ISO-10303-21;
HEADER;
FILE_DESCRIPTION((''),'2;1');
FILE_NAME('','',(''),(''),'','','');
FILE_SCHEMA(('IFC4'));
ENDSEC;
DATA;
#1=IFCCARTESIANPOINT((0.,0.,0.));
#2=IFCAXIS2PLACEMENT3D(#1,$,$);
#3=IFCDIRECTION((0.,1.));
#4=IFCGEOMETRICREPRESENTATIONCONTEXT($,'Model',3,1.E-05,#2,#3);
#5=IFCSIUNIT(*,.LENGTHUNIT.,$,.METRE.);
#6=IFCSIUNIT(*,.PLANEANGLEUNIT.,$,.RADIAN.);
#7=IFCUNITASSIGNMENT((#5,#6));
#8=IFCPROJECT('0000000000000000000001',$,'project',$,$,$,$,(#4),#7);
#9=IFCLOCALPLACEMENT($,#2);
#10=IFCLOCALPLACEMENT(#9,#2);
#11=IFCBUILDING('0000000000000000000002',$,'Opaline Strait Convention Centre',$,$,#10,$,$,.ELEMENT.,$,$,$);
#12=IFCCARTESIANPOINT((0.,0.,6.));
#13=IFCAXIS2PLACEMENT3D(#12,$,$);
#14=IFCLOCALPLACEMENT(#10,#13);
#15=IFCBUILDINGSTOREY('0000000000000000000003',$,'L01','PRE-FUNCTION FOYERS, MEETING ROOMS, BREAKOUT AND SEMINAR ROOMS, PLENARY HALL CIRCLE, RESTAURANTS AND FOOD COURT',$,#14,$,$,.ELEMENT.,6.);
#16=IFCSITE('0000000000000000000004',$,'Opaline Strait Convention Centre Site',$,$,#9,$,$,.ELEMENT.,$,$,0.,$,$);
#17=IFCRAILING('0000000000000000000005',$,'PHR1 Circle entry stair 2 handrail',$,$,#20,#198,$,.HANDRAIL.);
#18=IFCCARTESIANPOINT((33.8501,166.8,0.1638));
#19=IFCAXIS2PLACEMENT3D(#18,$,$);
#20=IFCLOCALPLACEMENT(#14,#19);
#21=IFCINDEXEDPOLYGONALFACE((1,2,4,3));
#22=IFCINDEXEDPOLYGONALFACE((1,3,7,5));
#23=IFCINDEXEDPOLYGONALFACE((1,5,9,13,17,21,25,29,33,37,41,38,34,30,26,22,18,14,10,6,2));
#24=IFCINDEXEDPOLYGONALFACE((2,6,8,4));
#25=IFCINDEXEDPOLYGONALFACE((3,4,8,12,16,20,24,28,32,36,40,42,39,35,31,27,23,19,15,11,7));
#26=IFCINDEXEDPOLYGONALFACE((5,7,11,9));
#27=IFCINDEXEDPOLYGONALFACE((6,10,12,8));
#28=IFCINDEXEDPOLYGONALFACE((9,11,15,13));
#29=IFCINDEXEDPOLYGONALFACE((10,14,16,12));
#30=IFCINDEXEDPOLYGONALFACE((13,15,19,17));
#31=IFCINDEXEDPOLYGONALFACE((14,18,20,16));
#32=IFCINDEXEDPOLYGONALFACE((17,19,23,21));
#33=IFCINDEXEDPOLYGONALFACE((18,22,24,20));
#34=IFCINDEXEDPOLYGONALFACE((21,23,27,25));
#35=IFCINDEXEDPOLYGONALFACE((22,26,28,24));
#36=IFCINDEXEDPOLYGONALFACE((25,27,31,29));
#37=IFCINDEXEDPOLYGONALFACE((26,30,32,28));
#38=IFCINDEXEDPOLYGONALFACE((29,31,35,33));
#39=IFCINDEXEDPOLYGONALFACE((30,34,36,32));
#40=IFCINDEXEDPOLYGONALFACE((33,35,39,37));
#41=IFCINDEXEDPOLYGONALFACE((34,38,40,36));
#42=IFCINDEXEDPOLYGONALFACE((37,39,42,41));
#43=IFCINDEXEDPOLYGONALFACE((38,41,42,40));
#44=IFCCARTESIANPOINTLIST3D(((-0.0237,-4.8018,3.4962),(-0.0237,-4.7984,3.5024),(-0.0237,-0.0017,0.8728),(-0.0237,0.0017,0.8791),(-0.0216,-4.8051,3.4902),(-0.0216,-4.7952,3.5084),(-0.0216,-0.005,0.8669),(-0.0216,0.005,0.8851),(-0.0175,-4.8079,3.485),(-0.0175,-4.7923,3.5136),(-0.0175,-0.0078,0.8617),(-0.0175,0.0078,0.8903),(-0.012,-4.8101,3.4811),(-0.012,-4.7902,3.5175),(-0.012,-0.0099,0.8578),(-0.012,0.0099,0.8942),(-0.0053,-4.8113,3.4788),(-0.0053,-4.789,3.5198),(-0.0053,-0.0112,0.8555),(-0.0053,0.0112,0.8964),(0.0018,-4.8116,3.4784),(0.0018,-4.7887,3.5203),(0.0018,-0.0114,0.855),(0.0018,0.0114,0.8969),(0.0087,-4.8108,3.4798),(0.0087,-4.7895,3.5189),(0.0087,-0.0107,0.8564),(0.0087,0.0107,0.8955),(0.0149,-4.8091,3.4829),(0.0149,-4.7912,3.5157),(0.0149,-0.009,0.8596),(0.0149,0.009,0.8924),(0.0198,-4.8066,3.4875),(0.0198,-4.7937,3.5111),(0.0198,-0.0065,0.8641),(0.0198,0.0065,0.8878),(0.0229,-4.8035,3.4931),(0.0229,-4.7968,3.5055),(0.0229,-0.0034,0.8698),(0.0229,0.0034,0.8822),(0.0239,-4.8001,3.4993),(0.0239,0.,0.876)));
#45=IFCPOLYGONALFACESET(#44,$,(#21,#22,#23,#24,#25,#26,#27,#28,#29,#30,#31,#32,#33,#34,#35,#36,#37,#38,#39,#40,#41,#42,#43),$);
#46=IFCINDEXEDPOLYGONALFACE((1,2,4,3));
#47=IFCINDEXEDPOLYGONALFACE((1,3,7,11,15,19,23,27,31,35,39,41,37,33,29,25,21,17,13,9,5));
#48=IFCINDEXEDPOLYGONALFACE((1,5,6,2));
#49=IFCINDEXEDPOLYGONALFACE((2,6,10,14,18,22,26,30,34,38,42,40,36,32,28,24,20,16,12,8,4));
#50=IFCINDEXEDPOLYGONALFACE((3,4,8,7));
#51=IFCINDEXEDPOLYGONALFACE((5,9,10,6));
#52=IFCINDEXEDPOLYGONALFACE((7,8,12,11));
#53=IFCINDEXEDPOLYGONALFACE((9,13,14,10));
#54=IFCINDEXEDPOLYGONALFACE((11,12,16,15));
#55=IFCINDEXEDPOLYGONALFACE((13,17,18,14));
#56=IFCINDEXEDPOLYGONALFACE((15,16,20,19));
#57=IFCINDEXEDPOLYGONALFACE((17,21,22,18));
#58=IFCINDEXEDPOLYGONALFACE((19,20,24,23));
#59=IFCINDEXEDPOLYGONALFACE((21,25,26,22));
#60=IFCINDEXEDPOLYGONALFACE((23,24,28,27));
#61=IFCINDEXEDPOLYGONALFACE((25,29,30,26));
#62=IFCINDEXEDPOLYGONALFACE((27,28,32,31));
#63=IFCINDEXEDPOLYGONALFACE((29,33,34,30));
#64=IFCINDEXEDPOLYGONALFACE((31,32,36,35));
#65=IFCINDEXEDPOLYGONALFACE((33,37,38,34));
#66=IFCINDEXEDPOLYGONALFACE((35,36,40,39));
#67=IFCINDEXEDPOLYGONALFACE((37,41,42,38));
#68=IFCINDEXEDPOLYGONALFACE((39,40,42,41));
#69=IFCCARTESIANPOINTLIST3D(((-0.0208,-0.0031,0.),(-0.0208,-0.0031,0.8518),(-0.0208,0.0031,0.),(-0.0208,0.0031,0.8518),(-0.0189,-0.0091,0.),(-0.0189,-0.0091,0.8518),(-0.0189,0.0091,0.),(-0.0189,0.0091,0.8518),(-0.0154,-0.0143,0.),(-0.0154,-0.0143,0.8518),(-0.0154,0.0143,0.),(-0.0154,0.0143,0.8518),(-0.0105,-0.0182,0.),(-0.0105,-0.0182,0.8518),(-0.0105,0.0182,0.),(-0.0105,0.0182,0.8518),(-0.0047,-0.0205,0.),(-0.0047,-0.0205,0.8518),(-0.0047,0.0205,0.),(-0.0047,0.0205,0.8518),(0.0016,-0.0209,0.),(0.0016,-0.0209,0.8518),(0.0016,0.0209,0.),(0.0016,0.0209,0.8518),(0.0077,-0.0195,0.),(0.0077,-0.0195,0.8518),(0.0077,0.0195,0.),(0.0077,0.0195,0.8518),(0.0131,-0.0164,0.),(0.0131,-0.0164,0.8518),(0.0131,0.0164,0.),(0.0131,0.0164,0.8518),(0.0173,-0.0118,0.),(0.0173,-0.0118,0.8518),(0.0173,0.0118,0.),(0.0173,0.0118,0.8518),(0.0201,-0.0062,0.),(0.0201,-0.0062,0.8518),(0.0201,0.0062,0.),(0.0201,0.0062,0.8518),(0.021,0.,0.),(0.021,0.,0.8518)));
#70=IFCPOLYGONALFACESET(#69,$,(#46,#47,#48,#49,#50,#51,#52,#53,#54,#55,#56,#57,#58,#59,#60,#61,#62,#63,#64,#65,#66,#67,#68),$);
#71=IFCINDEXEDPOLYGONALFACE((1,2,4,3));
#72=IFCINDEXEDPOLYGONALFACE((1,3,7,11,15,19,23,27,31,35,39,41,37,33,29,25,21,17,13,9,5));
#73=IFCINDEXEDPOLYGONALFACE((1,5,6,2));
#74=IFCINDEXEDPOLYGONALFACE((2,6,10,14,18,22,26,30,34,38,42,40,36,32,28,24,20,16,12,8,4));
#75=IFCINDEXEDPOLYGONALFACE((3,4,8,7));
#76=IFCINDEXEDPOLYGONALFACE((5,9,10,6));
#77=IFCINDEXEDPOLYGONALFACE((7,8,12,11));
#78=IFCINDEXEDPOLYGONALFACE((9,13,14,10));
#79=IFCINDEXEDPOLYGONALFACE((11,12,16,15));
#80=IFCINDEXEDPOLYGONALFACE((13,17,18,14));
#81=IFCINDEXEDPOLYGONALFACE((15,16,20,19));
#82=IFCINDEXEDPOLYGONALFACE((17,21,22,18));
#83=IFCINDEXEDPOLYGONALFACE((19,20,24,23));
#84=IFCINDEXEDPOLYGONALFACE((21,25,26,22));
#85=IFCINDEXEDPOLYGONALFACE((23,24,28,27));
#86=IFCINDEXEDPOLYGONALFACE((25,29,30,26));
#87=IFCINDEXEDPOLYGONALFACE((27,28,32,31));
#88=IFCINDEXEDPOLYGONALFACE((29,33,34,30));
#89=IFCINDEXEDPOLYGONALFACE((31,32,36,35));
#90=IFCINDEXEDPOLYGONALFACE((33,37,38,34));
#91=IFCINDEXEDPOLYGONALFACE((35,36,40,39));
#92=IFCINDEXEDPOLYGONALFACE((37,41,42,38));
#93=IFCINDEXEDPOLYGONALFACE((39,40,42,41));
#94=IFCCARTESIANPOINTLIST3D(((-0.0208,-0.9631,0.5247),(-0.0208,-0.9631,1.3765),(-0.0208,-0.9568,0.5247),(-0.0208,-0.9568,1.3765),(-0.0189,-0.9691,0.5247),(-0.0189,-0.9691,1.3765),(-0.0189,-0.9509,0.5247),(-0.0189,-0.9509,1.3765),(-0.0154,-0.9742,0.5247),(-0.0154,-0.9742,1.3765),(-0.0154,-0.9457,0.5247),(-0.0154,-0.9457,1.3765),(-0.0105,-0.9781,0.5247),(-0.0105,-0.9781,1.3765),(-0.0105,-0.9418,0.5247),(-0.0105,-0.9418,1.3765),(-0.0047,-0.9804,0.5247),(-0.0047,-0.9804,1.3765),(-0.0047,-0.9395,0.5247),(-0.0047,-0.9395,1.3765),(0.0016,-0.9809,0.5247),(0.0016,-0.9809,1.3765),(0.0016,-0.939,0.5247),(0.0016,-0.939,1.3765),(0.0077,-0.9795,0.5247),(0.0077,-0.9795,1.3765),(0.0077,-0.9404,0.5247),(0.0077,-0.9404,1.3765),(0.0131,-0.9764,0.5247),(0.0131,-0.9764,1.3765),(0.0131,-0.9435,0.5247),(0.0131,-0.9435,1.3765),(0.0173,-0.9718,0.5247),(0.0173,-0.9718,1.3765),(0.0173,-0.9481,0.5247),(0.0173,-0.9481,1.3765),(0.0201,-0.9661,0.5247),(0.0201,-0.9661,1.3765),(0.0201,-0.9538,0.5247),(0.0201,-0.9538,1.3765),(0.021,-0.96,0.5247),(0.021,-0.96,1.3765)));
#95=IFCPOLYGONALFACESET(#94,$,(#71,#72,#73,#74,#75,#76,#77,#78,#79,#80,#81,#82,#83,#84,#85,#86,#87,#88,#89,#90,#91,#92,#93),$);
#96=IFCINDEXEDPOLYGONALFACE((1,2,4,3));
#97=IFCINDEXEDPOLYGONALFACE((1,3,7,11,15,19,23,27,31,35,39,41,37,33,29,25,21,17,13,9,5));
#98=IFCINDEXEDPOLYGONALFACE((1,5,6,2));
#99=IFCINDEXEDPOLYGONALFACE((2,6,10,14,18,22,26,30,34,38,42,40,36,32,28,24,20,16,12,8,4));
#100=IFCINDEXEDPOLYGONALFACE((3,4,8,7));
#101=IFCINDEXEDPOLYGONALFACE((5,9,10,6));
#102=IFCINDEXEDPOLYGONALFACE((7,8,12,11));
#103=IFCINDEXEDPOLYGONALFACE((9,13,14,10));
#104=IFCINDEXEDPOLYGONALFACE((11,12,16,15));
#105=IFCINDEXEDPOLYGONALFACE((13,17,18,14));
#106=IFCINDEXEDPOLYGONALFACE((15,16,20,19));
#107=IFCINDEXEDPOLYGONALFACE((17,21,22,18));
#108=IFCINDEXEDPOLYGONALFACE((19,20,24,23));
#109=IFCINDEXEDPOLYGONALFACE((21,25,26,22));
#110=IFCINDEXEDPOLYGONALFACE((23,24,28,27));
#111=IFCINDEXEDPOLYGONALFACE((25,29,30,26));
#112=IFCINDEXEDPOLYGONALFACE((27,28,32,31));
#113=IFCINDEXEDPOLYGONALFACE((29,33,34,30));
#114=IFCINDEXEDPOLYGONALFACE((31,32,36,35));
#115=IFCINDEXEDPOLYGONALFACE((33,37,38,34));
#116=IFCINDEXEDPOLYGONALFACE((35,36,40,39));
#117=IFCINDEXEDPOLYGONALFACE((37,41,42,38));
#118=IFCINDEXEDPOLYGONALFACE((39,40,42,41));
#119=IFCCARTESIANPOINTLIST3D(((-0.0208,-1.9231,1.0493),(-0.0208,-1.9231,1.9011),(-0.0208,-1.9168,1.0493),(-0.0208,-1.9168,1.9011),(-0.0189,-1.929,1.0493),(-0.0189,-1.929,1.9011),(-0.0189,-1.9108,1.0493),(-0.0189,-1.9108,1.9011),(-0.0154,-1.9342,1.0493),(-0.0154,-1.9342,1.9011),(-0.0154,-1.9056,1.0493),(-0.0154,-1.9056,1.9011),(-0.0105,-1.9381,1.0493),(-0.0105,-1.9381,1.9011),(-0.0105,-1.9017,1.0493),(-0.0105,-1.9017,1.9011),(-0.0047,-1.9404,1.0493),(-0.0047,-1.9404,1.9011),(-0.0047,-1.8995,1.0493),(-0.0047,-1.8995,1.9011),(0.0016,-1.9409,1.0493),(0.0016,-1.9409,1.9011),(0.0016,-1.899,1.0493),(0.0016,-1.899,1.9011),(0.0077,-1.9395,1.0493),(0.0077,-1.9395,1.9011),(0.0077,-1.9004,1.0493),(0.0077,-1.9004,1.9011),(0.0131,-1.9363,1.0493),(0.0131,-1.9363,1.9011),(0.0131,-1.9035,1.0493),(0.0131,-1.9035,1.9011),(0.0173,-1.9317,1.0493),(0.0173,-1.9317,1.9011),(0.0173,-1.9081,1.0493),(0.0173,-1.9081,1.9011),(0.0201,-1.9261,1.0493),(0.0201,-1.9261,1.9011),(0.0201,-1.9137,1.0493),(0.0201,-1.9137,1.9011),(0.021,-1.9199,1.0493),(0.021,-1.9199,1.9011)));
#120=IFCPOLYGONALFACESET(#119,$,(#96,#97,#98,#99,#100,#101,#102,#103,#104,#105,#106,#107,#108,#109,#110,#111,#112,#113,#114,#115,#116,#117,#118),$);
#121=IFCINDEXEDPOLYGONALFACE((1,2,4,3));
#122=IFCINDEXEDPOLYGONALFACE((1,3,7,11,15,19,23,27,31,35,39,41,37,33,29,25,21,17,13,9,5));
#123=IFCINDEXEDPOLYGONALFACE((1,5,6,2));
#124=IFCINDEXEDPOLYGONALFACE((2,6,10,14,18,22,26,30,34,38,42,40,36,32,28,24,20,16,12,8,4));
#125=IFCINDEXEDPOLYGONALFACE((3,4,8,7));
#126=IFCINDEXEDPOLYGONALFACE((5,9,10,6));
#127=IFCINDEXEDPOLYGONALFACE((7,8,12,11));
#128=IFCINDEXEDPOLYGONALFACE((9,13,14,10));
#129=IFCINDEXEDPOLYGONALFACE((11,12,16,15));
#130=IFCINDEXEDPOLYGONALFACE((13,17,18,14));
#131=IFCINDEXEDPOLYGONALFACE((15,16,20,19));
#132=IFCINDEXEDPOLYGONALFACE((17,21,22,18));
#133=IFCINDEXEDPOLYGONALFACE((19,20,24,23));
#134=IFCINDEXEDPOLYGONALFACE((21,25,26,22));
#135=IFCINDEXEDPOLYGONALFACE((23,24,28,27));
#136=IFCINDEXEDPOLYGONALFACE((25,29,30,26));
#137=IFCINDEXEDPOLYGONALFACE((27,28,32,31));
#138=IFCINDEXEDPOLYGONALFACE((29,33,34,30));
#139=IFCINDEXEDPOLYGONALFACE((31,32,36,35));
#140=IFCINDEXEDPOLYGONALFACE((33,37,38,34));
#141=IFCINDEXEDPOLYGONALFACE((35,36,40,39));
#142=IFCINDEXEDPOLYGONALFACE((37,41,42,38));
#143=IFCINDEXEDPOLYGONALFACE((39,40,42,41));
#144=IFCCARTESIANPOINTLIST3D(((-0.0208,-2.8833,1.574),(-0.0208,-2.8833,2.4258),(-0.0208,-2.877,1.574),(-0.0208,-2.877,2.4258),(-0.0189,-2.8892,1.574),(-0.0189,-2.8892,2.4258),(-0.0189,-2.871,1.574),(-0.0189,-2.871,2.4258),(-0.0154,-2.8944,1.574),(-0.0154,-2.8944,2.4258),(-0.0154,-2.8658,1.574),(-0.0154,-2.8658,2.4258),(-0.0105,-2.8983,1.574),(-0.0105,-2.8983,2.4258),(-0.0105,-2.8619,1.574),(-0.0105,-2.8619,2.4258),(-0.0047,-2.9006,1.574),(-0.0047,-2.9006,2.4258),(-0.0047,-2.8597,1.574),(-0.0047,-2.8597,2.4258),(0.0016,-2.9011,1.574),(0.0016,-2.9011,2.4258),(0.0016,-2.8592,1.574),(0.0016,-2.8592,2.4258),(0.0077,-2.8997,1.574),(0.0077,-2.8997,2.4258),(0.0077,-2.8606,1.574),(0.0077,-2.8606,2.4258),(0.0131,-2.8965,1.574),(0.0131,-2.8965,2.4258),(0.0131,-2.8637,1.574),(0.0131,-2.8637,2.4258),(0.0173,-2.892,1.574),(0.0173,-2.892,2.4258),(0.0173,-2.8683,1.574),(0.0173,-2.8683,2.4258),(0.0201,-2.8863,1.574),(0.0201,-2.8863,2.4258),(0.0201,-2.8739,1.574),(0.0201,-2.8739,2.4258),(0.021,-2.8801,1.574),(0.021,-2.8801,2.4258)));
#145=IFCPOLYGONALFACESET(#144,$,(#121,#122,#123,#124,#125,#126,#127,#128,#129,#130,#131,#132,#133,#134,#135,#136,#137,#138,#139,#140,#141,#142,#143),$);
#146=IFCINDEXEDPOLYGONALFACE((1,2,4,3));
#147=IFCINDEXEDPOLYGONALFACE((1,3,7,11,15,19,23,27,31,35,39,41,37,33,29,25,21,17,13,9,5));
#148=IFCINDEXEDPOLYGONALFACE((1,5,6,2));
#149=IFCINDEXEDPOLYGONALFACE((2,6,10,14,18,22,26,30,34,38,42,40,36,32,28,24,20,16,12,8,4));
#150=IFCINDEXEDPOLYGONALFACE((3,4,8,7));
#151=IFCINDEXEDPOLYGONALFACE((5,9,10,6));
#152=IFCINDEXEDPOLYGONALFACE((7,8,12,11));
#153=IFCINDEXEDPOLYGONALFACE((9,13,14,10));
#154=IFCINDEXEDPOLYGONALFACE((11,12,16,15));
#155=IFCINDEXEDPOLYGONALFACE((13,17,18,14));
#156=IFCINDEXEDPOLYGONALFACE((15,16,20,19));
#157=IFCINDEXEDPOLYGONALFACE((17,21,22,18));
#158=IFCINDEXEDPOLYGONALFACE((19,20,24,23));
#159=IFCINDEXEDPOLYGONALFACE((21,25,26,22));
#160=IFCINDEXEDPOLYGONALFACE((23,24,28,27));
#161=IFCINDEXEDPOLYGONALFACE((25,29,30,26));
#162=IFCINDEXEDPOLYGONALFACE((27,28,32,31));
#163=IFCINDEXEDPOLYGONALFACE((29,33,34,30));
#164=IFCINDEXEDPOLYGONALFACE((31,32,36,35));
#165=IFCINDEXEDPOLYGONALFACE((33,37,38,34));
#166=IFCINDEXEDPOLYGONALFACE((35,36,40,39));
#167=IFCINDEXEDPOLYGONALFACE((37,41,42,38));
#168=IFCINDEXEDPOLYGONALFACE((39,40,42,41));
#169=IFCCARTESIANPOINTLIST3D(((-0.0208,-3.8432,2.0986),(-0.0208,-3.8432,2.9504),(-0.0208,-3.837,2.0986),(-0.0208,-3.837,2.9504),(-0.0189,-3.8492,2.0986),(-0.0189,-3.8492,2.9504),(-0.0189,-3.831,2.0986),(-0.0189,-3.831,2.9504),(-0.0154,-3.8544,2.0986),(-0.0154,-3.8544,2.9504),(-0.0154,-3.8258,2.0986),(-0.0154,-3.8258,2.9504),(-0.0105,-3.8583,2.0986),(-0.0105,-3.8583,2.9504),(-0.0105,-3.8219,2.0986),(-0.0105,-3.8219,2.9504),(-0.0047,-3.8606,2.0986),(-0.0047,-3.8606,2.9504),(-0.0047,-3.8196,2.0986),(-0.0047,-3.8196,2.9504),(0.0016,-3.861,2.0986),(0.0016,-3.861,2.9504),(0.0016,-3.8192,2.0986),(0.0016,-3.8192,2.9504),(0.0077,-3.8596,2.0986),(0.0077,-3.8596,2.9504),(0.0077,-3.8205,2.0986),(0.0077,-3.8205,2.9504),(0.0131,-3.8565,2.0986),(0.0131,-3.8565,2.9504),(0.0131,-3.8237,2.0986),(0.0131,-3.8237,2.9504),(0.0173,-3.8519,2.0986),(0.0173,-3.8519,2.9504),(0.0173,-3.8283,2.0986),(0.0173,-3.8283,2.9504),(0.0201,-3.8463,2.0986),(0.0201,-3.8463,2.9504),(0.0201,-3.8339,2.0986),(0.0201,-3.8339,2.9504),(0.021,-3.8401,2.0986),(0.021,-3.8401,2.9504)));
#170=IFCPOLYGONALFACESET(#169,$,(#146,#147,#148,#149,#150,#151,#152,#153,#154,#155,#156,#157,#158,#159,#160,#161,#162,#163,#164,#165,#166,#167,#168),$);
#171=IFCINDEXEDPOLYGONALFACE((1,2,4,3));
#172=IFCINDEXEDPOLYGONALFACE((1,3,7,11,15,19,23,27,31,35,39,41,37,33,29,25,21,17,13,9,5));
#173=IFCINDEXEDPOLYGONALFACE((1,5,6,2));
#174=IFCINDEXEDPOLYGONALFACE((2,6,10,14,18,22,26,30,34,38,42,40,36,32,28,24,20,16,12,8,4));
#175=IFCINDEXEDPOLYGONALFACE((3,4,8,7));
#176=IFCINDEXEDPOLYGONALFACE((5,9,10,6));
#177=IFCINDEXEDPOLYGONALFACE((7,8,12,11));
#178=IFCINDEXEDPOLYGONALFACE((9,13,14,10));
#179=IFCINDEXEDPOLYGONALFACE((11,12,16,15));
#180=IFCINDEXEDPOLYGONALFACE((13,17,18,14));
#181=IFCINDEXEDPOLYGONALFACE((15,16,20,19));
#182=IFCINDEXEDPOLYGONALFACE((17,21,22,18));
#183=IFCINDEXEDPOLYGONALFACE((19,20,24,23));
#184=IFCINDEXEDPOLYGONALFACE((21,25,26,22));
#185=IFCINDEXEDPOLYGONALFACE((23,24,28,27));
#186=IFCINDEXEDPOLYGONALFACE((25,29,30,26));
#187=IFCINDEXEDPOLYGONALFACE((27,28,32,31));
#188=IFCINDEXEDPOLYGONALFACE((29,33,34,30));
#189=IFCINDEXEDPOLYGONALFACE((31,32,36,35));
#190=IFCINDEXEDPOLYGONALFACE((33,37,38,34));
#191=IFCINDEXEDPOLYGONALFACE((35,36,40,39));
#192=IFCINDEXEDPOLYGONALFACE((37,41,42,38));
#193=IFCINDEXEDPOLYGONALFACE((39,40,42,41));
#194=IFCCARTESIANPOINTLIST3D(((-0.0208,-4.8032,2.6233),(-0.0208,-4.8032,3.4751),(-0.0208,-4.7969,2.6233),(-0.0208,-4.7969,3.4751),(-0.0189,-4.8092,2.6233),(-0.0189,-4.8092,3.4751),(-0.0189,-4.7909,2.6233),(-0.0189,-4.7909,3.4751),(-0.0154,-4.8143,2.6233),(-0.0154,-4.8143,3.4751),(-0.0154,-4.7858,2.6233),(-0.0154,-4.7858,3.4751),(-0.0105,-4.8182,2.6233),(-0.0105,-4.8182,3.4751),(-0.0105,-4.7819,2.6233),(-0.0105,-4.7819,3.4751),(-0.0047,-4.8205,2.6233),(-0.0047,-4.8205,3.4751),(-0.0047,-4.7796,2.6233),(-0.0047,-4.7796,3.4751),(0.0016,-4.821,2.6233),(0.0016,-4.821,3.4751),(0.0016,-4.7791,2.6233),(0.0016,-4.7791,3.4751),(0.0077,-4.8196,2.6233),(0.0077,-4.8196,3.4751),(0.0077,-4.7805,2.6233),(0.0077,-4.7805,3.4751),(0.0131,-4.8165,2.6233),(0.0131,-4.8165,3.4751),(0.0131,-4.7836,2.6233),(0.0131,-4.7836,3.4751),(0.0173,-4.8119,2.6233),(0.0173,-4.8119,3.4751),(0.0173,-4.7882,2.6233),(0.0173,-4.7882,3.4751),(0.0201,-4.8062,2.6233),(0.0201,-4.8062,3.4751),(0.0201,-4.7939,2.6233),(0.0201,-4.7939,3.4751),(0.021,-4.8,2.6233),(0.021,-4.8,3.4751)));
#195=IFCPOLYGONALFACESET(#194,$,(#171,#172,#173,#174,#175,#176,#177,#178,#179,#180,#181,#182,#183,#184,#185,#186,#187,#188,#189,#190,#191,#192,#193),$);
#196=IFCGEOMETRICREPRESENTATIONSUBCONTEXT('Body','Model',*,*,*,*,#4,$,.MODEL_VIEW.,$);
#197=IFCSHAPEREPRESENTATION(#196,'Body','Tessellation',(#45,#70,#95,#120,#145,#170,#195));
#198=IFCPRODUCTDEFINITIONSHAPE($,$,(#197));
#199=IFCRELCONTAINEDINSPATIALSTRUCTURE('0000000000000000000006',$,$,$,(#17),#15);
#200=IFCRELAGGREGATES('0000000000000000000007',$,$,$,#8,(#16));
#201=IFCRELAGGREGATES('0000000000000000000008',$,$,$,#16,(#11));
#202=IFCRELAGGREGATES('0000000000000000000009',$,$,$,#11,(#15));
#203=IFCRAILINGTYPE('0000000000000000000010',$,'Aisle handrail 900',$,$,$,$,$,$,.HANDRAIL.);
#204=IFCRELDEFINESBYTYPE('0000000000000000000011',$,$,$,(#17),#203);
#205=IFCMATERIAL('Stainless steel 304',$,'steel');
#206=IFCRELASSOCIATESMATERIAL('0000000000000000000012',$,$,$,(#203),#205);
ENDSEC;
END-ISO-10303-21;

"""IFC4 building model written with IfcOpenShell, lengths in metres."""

from ifc_helpers import new_model, si_unit, direction, frame, origin, origin_2d, place, context, subcontext, project, spatial, circle, extrude, material, type_object, element, save


model = new_model("IFC4")

# Units and contexts
model_context = context("Model", 3, precision=1e-05, world=origin(), true_north=direction((0.0, 1.0)))
body_context = subcontext(model_context, "Body", "Model", "MODEL_VIEW")
ifc_project = project(units=[si_unit("LENGTHUNIT", "METRE"), si_unit("PLANEANGLEUNIT", "RADIAN")], contexts=[model_context])

# Site, building, storey
site_placement = place(None, origin())
site = spatial("IfcSite", under=ifc_project, at=site_placement, Name="Opaline Strait Convention Centre Site", CompositionType="ELEMENT", RefElevation=0.0)
building_placement = place(site_placement, origin())
building = spatial("IfcBuilding", under=site, at=building_placement, Name="Opaline Strait Convention Centre", CompositionType="ELEMENT")
storey_placement = place(building_placement, frame((0.0, 0.0, 6.0)))
storey = spatial("IfcBuildingStorey", under=building, at=storey_placement, Name="L01", Description="PRE-FUNCTION FOYERS, MEETING ROOMS, BREAKOUT AND SEMINAR ROOMS, PLENARY HALL CIRCLE, RESTAURANTS AND FOOD COURT", CompositionType="ELEMENT", Elevation=6.0)

# Railing
ifc_material_1 = material(Name="Stainless steel 304", Category="steel")
railing_type_1 = type_object("IfcRailingType", Name="Aisle handrail 900", PredefinedType="HANDRAIL", material=ifc_material_1)
for number, where, name in (
    (1, (33.8501, 166.8, 0.1638), "PHR1 Circle entry stair 2 handrail"),
):
    element("IfcRailing", number, at=place(storey_placement, frame(where)), inside=storey, type_object=railing_type_1, Name=name, PredefinedType="HANDRAIL", context=body_context, shape_type="SweptSolid", body=[
        extrude(circle(Radius=0.0239, at=origin_2d()), frame((0.0, 0.0, 0.876), z_axis=(0.0, -0.877505, 0.479568), x_axis=(1.0, 0.0, 0.0)), (0.0, 0.0, 1.0), 5.4702),
        extrude(circle(Radius=0.021, at=origin_2d()), origin(), (0.0, 0.0, 1.0), 0.8518),
        extrude(circle(Radius=0.021, at=origin_2d()), frame((0.0, -0.96, 0.5247)), (0.0, 0.0, 1.0), 0.8518),
        extrude(circle(Radius=0.021, at=origin_2d()), frame((0.0, -1.9199, 1.0493)), (0.0, 0.0, 1.0), 0.8518),
        extrude(circle(Radius=0.021, at=origin_2d()), frame((0.0, -2.8801, 1.574)), (0.0, 0.0, 1.0), 0.8518),
        extrude(circle(Radius=0.021, at=origin_2d()), frame((0.0, -3.8401, 2.0986)), (0.0, 0.0, 1.0), 0.8518),
        extrude(circle(Radius=0.021, at=origin_2d()), frame((0.0, -4.8, 2.6233)), (0.0, 0.0, 1.0), 0.8518),
    ])

save(model, "model.ifc")
